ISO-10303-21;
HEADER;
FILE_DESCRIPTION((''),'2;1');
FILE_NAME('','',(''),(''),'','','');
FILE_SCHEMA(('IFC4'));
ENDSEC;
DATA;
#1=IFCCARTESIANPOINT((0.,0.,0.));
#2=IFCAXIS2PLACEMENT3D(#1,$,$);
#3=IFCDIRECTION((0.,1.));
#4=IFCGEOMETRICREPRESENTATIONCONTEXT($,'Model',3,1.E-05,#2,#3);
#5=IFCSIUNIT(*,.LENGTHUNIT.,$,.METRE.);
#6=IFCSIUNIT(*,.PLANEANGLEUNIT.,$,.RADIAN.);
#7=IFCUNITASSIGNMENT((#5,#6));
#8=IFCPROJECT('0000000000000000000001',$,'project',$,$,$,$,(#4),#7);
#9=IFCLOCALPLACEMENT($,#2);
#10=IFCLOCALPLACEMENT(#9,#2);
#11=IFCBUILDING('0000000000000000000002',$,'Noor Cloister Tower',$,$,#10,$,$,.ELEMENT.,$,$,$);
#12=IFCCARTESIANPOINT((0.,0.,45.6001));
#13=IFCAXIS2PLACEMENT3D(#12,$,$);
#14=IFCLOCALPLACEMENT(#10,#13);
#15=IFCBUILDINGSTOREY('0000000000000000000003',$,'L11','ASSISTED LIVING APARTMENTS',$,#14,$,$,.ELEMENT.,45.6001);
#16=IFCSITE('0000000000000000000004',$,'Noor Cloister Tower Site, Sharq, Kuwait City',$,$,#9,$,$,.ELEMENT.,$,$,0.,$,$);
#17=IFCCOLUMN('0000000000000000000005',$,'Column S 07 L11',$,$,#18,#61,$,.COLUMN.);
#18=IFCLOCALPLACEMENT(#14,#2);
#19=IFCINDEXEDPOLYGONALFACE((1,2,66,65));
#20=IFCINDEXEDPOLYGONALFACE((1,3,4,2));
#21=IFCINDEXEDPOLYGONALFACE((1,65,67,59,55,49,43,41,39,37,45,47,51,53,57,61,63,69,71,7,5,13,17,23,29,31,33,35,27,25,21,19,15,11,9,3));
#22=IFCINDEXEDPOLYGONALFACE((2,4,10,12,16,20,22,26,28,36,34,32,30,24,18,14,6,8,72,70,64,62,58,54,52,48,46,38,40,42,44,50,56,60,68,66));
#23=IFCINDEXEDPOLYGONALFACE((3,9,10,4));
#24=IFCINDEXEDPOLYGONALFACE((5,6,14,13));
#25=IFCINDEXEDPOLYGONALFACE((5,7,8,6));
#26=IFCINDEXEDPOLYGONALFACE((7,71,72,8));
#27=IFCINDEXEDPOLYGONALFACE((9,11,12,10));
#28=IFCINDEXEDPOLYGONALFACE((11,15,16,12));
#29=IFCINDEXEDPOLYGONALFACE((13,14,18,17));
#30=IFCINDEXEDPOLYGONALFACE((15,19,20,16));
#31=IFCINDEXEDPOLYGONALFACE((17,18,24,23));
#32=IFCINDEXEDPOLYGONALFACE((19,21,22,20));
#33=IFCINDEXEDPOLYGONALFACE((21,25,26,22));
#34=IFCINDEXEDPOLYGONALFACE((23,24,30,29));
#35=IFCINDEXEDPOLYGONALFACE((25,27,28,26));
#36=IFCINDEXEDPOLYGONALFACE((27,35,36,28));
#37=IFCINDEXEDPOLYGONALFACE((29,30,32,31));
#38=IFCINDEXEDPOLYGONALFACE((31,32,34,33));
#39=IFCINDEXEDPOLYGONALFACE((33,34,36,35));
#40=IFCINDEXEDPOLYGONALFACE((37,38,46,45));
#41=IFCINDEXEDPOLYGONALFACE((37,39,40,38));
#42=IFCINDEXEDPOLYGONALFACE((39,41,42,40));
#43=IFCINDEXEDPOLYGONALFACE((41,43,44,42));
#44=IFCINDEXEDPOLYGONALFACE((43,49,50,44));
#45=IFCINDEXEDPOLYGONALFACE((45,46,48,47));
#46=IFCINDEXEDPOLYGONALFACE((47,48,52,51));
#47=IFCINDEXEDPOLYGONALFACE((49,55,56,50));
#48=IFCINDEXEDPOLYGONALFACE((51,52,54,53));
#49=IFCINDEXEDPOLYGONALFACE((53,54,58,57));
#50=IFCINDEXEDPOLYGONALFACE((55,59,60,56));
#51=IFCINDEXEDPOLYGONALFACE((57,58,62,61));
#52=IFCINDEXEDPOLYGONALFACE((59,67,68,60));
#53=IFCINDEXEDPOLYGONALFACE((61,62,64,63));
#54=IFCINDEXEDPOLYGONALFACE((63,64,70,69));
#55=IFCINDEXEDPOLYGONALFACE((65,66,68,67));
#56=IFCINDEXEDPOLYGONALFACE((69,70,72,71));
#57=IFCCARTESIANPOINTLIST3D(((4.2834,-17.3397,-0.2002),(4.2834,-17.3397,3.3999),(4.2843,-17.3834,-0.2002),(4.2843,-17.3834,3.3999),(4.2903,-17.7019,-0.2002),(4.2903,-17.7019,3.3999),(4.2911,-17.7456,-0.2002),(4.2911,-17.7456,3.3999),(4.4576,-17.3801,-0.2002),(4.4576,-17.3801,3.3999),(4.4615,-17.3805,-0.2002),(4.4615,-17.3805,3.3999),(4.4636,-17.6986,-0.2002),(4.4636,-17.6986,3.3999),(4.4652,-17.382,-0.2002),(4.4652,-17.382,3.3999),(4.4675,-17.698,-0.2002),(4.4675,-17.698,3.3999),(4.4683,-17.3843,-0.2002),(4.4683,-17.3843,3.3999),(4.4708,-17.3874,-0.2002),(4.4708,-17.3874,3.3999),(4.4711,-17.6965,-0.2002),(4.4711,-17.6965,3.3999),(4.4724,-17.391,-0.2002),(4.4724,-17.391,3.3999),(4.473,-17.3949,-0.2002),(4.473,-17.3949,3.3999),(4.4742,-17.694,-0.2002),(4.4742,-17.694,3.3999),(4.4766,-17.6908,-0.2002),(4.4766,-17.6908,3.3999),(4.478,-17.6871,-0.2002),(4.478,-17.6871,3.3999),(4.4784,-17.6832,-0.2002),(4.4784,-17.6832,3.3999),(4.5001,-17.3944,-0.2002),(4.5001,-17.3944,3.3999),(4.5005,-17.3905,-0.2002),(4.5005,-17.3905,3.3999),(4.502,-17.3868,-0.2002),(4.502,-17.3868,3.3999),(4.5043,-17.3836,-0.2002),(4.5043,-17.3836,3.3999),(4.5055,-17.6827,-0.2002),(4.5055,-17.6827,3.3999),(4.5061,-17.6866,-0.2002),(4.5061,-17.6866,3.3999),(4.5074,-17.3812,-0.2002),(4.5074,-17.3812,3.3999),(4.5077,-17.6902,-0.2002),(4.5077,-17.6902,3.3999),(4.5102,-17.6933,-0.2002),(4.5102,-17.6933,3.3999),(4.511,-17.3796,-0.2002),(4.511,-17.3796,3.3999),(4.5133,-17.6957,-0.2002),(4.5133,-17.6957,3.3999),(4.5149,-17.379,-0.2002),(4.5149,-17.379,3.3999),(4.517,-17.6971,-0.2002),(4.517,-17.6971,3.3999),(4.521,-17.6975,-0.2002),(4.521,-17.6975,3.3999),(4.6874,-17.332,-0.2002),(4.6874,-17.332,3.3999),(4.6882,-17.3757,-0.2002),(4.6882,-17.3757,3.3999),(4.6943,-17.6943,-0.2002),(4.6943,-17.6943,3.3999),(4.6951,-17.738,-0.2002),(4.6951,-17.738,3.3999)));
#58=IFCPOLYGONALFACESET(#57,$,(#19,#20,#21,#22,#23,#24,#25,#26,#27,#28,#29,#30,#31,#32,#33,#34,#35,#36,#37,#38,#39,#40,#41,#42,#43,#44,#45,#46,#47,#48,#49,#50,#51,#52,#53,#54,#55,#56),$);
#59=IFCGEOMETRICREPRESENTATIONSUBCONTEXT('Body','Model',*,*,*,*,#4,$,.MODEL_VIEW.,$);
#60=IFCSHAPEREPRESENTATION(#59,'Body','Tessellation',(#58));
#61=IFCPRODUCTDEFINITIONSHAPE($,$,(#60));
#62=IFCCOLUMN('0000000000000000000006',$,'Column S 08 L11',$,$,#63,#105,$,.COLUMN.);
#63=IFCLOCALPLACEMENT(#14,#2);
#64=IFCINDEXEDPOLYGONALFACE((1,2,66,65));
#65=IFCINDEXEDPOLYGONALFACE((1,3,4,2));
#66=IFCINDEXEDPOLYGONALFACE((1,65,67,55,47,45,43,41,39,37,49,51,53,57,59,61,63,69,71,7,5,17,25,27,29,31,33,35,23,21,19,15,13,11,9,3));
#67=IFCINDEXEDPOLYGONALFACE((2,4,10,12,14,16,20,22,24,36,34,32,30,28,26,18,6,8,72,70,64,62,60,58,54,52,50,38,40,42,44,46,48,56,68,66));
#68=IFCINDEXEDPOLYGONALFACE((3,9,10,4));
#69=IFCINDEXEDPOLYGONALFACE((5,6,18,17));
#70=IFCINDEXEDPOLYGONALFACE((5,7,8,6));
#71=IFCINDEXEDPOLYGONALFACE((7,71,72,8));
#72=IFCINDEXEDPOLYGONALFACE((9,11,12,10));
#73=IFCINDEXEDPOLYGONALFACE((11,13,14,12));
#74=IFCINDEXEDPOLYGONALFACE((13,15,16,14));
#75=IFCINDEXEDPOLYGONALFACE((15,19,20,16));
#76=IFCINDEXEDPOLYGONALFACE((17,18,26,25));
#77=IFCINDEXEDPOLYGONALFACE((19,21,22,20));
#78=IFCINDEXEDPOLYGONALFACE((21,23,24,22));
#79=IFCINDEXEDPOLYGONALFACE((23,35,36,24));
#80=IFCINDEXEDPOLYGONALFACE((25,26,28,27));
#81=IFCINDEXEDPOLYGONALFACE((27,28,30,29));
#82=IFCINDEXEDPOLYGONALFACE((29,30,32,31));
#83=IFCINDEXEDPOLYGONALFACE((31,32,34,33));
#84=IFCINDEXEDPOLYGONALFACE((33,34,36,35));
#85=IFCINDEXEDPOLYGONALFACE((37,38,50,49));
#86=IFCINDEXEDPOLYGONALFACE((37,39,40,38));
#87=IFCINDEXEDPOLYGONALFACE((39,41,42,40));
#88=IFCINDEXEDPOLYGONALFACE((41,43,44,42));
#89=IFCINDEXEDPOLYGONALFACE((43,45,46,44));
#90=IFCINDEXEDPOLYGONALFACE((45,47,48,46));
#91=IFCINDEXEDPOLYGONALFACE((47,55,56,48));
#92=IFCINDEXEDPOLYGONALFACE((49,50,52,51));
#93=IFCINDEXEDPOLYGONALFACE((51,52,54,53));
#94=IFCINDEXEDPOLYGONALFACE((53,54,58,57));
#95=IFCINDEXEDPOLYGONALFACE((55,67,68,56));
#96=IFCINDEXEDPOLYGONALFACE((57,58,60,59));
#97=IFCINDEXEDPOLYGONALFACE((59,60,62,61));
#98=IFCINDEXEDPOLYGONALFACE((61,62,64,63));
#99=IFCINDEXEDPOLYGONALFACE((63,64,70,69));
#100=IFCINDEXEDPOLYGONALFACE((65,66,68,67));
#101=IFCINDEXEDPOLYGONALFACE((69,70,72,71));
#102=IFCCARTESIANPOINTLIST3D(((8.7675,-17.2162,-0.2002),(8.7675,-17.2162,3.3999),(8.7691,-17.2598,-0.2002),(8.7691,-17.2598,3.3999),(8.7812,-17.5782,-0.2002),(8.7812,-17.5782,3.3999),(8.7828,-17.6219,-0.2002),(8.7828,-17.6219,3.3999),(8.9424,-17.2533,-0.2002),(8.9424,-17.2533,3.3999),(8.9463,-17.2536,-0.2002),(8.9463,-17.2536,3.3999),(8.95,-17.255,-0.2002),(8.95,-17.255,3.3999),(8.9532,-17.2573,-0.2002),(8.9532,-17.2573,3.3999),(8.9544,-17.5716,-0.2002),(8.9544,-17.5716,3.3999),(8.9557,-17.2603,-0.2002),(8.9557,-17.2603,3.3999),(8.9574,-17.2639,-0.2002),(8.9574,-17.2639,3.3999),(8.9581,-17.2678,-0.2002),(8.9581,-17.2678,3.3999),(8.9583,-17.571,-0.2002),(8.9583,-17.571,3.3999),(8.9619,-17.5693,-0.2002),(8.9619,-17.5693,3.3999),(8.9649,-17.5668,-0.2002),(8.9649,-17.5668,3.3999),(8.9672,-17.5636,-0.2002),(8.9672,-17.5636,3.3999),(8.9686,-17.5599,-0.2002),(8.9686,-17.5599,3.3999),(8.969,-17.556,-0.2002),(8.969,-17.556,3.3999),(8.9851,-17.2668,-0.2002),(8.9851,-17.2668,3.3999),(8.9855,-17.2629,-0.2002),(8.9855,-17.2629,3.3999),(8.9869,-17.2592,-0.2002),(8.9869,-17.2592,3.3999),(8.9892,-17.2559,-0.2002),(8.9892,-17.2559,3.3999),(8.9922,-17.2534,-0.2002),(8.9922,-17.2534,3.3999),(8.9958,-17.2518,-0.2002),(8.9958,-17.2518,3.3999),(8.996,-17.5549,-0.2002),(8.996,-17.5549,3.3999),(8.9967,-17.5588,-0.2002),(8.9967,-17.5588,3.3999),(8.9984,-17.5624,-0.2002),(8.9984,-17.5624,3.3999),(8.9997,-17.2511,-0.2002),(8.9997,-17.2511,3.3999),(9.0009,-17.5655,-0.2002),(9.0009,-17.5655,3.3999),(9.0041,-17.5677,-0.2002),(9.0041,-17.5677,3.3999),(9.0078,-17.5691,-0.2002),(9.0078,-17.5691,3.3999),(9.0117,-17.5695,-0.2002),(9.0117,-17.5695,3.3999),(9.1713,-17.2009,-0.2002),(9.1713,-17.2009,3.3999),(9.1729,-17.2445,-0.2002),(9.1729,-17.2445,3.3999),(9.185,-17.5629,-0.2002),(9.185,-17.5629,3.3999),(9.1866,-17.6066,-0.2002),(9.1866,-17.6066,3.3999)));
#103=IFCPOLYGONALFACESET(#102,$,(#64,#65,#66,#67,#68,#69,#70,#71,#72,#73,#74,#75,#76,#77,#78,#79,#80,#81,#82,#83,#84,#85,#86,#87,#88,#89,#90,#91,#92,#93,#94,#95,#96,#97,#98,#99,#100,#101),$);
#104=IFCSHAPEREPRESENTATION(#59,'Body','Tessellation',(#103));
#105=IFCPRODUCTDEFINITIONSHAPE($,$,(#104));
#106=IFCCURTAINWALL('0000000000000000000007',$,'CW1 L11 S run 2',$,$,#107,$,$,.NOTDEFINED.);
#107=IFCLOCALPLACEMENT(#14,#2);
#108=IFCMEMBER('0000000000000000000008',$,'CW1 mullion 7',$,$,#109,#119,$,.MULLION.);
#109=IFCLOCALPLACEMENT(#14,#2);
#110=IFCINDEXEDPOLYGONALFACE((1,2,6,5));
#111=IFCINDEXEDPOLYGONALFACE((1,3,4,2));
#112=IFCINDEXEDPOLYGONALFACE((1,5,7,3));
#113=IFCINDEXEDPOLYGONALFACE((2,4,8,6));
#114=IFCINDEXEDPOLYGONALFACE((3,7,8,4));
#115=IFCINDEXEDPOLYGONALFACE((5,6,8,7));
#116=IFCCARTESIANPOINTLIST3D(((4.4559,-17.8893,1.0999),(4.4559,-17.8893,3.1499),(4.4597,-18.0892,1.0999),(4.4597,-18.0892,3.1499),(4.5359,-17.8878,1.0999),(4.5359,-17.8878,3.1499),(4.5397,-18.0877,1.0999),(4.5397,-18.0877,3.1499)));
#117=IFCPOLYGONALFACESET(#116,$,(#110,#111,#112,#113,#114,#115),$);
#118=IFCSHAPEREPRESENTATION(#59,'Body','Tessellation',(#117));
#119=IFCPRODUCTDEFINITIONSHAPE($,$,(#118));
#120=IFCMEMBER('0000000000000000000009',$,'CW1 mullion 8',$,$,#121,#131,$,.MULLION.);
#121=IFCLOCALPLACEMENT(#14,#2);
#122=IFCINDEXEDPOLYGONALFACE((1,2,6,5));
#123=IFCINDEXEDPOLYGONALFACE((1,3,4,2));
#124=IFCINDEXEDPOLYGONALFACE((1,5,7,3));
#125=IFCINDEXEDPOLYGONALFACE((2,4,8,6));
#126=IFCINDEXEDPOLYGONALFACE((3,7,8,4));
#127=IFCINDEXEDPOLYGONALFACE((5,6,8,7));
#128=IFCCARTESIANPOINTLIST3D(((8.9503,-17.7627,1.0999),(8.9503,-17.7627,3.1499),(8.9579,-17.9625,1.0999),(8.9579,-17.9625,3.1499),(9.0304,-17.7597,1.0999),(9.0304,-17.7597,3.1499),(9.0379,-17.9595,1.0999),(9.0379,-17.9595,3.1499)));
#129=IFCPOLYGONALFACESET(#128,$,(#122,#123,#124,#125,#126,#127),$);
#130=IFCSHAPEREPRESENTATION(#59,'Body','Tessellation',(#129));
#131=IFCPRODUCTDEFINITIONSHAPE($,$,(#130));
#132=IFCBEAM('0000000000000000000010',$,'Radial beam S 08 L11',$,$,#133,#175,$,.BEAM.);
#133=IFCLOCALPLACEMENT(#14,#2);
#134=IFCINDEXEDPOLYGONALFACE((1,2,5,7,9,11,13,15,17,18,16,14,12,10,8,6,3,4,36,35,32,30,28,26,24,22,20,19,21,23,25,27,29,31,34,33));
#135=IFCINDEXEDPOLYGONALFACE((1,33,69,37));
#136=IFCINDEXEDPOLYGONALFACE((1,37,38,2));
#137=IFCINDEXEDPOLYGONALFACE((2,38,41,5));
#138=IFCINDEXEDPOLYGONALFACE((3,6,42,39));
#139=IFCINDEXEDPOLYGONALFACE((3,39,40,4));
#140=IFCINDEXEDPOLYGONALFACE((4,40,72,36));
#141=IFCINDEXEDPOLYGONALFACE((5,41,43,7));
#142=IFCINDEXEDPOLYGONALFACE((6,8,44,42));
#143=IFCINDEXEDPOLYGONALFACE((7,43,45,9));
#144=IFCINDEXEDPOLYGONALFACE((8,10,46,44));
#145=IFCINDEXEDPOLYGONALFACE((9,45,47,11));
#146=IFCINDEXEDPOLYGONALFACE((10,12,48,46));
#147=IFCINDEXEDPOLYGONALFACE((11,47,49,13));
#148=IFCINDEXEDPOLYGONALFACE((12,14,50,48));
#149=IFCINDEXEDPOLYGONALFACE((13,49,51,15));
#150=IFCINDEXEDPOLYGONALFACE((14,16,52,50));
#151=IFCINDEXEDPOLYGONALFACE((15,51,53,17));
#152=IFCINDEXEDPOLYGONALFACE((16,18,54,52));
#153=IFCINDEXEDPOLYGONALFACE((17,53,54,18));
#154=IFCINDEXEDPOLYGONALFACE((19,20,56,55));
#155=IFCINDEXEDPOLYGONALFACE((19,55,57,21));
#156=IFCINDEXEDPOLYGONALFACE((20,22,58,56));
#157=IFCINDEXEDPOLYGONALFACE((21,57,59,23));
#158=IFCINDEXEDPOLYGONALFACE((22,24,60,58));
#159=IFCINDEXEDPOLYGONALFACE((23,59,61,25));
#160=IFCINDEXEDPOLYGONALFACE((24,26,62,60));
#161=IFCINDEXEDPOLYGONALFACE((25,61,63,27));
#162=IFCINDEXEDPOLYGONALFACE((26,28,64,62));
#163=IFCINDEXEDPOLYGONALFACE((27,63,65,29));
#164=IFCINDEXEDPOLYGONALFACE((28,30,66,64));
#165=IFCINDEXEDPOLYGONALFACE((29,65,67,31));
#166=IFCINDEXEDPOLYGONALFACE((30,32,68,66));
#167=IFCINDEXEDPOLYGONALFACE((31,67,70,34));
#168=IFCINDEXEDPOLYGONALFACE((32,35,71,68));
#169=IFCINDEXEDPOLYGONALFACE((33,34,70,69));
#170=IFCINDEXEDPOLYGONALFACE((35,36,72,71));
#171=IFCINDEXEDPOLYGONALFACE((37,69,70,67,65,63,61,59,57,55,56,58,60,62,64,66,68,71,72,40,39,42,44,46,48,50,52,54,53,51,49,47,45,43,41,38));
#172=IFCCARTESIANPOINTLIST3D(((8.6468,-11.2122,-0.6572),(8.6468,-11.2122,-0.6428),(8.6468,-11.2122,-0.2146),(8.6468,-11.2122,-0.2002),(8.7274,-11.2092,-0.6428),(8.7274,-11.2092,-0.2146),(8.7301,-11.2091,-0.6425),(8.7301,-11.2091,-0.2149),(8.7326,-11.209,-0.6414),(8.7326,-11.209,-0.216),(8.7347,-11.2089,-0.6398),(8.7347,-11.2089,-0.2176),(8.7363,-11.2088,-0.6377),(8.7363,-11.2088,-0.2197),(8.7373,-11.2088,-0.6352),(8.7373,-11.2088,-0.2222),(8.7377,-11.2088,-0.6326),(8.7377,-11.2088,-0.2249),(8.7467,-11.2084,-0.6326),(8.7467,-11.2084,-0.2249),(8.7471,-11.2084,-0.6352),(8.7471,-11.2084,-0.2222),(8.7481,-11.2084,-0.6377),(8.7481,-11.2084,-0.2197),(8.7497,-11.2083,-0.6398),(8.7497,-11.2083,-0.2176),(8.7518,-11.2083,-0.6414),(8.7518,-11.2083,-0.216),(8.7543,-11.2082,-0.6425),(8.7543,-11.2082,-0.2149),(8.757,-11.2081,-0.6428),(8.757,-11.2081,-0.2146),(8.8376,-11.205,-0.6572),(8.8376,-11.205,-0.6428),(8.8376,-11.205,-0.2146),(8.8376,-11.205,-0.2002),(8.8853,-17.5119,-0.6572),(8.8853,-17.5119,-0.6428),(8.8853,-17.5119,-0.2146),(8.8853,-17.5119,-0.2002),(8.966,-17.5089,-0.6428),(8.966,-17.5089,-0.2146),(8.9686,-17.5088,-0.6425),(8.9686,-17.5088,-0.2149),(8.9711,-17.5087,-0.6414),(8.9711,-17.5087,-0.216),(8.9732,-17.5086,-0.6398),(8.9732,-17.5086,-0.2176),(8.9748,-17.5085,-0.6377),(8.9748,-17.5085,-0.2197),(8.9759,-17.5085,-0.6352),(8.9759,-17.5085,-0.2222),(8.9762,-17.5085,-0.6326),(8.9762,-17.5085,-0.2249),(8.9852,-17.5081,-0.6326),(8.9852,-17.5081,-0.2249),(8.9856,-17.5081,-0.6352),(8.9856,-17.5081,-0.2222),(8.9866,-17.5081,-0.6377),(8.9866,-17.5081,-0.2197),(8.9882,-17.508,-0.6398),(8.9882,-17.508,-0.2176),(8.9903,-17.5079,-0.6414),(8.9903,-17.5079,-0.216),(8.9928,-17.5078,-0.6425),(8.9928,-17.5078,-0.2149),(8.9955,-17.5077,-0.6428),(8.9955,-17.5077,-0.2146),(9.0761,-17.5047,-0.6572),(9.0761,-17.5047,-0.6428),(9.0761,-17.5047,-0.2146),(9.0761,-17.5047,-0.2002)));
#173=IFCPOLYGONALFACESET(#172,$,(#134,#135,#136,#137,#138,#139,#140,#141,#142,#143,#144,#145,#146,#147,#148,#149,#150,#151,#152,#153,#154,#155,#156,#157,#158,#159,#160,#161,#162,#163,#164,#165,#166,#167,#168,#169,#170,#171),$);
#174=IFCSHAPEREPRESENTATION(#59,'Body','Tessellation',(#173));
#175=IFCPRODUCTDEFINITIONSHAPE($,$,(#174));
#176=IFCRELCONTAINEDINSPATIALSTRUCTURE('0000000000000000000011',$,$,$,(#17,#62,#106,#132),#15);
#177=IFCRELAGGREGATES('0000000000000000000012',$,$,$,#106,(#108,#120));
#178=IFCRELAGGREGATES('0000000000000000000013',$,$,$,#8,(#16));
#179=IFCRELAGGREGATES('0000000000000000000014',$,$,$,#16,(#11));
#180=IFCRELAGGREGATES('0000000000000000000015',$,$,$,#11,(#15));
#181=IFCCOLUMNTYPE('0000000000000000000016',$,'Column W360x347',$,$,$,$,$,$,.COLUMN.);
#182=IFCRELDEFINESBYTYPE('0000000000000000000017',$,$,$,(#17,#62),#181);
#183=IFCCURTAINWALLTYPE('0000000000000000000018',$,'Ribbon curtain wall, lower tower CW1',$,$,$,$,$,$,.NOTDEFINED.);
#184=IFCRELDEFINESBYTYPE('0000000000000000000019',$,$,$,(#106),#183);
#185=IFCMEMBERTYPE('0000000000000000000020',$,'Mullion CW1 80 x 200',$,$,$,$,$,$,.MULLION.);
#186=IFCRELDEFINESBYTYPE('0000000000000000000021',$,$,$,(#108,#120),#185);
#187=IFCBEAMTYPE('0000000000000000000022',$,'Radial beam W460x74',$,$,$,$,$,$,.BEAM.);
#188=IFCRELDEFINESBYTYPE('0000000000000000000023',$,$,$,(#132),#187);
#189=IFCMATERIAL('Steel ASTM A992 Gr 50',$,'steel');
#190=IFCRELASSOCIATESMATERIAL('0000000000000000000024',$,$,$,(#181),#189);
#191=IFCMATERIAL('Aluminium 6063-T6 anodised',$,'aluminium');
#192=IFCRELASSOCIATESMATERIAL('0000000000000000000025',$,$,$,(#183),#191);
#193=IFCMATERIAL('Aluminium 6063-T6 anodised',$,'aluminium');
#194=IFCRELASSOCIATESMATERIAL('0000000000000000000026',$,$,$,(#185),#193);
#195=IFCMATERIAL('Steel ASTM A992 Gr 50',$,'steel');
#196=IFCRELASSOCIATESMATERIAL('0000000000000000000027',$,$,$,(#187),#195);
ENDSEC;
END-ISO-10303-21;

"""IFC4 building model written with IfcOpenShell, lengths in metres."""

from ifc_helpers import new_model, si_unit, direction, frame, origin, origin_2d, place, context, subcontext, project, spatial, rectangle, i_section, extrude, material, material_profile, profile_set, type_object, element, aggregate, save


model = new_model("IFC4")

# Units and contexts
model_context = context("Model", 3, precision=1e-05, world=origin(), true_north=direction((0.0, 1.0)))
body_context = subcontext(model_context, "Body", "Model", "MODEL_VIEW")
ifc_project = project(units=[si_unit("LENGTHUNIT", "METRE"), si_unit("PLANEANGLEUNIT", "RADIAN")], contexts=[model_context])

# Site, building, storey
site_placement = place(None, origin())
site = spatial("IfcSite", under=ifc_project, at=site_placement, Name="Noor Cloister Tower Site, Sharq, Kuwait City", CompositionType="ELEMENT", RefElevation=0.0)
building_placement = place(site_placement, origin())
building = spatial("IfcBuilding", under=site, at=building_placement, Name="Noor Cloister Tower", CompositionType="ELEMENT")
storey_placement = place(building_placement, frame((0.0, 0.0, 45.6001)))
storey = spatial("IfcBuildingStorey", under=building, at=storey_placement, Name="L11", Description="ASSISTED LIVING APARTMENTS", CompositionType="ELEMENT", Elevation=45.6001)

# Columns
ifc_material_1 = material(Name="Steel ASTM A992 Gr 50", Category="steel")
ifc_material_profile_1 = material_profile(ifc_material_1, i_section(OverallWidth=0.4041, OverallDepth=0.406, WebThickness=0.0271, FlangeThickness=0.0437, FilletRadius=0.0151, at=origin_2d()), Name="W360x347")
ifc_profile_set_1 = profile_set([ifc_material_profile_1], Name="Steel ASTM A992 Gr 50")
column_type = type_object("IfcColumnType", Name="Column W360x347", PredefinedType="COLUMN", material=ifc_profile_set_1)
for number, where, z_axis, x_axis, name in (
    (1, (4.4893, -17.5388, -0.2002), (0.0, 0.0, 1.0), (0.999821, 0.018915, 0.0), "Column S 07 L11"),
    (2, (8.9771, -17.4114, -0.2002), (0.0, 0.0, 1.0), (0.999284, 0.037823, 0.0), "Column S 08 L11"),
):
    element("IfcColumn", number, at=place(storey_placement, frame(where, z_axis=z_axis, x_axis=x_axis)), inside=storey, type_object=column_type, Name=name, PredefinedType="COLUMN", context=body_context, shape_type="SweptSolid", body=[
        extrude(i_section(OverallWidth=0.4041, OverallDepth=0.406, WebThickness=0.0271, FlangeThickness=0.0437, FilletRadius=0.0151, at=origin_2d()), origin(), (0.0, 0.0, 1.0), 3.6001),
    ])

# Curtain wall, members
ifc_material_2 = material(Name="Aluminium 6063-T6 anodised", Category="aluminium")
curtain_wall_type = type_object("IfcCurtainWallType", Name="Ribbon curtain wall, lower tower CW1", PredefinedType="NOTDEFINED", material=ifc_material_2)
curtain_wall_placement = place(storey_placement, origin())
curtain_wall = element("IfcCurtainWall", 3, at=curtain_wall_placement, inside=storey, type_object=curtain_wall_type, Name="CW1 L11 S run 2", PredefinedType="NOTDEFINED")
ifc_material_3 = material(Name="Aluminium 6063-T6 anodised", Category="aluminium")
ifc_material_profile_2 = material_profile(ifc_material_3, rectangle(XDim=0.2, YDim=0.0801, at=origin_2d()), Name="200 x 80 mullion")
ifc_profile_set_2 = profile_set([ifc_material_profile_2], Name="Aluminium 6063-T6 anodised")
member_type = type_object("IfcMemberType", Name="Mullion CW1 80 x 200", PredefinedType="MULLION", material=ifc_profile_set_2)
member_1_placement = place(storey_placement, frame((4.4978, -17.9885, 1.0999), z_axis=(0.0, 0.0, 1.0), x_axis=(-0.018915, 0.999821, 0.0)))
member_1 = element("IfcMember", 4, at=member_1_placement, type_object=member_type, Name="CW1 mullion 7", PredefinedType="MULLION", context=body_context, shape_type="SweptSolid", body=[
    extrude(rectangle(XDim=0.2, YDim=0.0801, at=origin_2d()), origin(), (0.0, 0.0, 1.0), 2.05),
])
member_2_placement = place(storey_placement, frame((8.9941, -17.8611, 1.0999), z_axis=(0.0, 0.0, 1.0), x_axis=(-0.037823, 0.999284, 0.0)))
member_2 = element("IfcMember", 5, at=member_2_placement, type_object=member_type, Name="CW1 mullion 8", PredefinedType="MULLION", context=body_context, shape_type="SweptSolid", body=[
    extrude(rectangle(XDim=0.2, YDim=0.0801, at=origin_2d()), origin(), (0.0, 0.0, 1.0), 2.05),
])

# Beam
ifc_material_4 = material(Name="Steel ASTM A992 Gr 50", Category="steel")
ifc_material_profile_3 = material_profile(ifc_material_4, i_section(OverallWidth=0.1909, OverallDepth=0.457, WebThickness=0.009, FlangeThickness=0.0144, FilletRadius=0.0103, at=origin_2d()), Name="W460x74")
ifc_profile_set_3 = profile_set([ifc_material_profile_3], Name="Steel ASTM A992 Gr 50")
beam_type_1 = type_object("IfcBeamType", Name="Radial beam W460x74", PredefinedType="BEAM", material=ifc_profile_set_3)
beam_1_placement = place(storey_placement, frame((8.9807, -17.5083, -0.4287), z_axis=(-0.037835, 0.999284, 0.0), x_axis=(-0.999284, -0.037835, 0.0)))
element("IfcBeam", 6, at=beam_1_placement, inside=storey, type_object=beam_type_1, Name="Radial beam S 08 L11", PredefinedType="BEAM", context=body_context, shape_type="SweptSolid", body=[
    extrude(i_section(OverallWidth=0.1909, OverallDepth=0.457, WebThickness=0.009, FlangeThickness=0.0144, FilletRadius=0.0103, at=origin_2d()), origin(), (0.0, 0.0, 1.0), 6.3042),
])

aggregate(curtain_wall, [member_1, member_2])

save(model, "model.ifc")
